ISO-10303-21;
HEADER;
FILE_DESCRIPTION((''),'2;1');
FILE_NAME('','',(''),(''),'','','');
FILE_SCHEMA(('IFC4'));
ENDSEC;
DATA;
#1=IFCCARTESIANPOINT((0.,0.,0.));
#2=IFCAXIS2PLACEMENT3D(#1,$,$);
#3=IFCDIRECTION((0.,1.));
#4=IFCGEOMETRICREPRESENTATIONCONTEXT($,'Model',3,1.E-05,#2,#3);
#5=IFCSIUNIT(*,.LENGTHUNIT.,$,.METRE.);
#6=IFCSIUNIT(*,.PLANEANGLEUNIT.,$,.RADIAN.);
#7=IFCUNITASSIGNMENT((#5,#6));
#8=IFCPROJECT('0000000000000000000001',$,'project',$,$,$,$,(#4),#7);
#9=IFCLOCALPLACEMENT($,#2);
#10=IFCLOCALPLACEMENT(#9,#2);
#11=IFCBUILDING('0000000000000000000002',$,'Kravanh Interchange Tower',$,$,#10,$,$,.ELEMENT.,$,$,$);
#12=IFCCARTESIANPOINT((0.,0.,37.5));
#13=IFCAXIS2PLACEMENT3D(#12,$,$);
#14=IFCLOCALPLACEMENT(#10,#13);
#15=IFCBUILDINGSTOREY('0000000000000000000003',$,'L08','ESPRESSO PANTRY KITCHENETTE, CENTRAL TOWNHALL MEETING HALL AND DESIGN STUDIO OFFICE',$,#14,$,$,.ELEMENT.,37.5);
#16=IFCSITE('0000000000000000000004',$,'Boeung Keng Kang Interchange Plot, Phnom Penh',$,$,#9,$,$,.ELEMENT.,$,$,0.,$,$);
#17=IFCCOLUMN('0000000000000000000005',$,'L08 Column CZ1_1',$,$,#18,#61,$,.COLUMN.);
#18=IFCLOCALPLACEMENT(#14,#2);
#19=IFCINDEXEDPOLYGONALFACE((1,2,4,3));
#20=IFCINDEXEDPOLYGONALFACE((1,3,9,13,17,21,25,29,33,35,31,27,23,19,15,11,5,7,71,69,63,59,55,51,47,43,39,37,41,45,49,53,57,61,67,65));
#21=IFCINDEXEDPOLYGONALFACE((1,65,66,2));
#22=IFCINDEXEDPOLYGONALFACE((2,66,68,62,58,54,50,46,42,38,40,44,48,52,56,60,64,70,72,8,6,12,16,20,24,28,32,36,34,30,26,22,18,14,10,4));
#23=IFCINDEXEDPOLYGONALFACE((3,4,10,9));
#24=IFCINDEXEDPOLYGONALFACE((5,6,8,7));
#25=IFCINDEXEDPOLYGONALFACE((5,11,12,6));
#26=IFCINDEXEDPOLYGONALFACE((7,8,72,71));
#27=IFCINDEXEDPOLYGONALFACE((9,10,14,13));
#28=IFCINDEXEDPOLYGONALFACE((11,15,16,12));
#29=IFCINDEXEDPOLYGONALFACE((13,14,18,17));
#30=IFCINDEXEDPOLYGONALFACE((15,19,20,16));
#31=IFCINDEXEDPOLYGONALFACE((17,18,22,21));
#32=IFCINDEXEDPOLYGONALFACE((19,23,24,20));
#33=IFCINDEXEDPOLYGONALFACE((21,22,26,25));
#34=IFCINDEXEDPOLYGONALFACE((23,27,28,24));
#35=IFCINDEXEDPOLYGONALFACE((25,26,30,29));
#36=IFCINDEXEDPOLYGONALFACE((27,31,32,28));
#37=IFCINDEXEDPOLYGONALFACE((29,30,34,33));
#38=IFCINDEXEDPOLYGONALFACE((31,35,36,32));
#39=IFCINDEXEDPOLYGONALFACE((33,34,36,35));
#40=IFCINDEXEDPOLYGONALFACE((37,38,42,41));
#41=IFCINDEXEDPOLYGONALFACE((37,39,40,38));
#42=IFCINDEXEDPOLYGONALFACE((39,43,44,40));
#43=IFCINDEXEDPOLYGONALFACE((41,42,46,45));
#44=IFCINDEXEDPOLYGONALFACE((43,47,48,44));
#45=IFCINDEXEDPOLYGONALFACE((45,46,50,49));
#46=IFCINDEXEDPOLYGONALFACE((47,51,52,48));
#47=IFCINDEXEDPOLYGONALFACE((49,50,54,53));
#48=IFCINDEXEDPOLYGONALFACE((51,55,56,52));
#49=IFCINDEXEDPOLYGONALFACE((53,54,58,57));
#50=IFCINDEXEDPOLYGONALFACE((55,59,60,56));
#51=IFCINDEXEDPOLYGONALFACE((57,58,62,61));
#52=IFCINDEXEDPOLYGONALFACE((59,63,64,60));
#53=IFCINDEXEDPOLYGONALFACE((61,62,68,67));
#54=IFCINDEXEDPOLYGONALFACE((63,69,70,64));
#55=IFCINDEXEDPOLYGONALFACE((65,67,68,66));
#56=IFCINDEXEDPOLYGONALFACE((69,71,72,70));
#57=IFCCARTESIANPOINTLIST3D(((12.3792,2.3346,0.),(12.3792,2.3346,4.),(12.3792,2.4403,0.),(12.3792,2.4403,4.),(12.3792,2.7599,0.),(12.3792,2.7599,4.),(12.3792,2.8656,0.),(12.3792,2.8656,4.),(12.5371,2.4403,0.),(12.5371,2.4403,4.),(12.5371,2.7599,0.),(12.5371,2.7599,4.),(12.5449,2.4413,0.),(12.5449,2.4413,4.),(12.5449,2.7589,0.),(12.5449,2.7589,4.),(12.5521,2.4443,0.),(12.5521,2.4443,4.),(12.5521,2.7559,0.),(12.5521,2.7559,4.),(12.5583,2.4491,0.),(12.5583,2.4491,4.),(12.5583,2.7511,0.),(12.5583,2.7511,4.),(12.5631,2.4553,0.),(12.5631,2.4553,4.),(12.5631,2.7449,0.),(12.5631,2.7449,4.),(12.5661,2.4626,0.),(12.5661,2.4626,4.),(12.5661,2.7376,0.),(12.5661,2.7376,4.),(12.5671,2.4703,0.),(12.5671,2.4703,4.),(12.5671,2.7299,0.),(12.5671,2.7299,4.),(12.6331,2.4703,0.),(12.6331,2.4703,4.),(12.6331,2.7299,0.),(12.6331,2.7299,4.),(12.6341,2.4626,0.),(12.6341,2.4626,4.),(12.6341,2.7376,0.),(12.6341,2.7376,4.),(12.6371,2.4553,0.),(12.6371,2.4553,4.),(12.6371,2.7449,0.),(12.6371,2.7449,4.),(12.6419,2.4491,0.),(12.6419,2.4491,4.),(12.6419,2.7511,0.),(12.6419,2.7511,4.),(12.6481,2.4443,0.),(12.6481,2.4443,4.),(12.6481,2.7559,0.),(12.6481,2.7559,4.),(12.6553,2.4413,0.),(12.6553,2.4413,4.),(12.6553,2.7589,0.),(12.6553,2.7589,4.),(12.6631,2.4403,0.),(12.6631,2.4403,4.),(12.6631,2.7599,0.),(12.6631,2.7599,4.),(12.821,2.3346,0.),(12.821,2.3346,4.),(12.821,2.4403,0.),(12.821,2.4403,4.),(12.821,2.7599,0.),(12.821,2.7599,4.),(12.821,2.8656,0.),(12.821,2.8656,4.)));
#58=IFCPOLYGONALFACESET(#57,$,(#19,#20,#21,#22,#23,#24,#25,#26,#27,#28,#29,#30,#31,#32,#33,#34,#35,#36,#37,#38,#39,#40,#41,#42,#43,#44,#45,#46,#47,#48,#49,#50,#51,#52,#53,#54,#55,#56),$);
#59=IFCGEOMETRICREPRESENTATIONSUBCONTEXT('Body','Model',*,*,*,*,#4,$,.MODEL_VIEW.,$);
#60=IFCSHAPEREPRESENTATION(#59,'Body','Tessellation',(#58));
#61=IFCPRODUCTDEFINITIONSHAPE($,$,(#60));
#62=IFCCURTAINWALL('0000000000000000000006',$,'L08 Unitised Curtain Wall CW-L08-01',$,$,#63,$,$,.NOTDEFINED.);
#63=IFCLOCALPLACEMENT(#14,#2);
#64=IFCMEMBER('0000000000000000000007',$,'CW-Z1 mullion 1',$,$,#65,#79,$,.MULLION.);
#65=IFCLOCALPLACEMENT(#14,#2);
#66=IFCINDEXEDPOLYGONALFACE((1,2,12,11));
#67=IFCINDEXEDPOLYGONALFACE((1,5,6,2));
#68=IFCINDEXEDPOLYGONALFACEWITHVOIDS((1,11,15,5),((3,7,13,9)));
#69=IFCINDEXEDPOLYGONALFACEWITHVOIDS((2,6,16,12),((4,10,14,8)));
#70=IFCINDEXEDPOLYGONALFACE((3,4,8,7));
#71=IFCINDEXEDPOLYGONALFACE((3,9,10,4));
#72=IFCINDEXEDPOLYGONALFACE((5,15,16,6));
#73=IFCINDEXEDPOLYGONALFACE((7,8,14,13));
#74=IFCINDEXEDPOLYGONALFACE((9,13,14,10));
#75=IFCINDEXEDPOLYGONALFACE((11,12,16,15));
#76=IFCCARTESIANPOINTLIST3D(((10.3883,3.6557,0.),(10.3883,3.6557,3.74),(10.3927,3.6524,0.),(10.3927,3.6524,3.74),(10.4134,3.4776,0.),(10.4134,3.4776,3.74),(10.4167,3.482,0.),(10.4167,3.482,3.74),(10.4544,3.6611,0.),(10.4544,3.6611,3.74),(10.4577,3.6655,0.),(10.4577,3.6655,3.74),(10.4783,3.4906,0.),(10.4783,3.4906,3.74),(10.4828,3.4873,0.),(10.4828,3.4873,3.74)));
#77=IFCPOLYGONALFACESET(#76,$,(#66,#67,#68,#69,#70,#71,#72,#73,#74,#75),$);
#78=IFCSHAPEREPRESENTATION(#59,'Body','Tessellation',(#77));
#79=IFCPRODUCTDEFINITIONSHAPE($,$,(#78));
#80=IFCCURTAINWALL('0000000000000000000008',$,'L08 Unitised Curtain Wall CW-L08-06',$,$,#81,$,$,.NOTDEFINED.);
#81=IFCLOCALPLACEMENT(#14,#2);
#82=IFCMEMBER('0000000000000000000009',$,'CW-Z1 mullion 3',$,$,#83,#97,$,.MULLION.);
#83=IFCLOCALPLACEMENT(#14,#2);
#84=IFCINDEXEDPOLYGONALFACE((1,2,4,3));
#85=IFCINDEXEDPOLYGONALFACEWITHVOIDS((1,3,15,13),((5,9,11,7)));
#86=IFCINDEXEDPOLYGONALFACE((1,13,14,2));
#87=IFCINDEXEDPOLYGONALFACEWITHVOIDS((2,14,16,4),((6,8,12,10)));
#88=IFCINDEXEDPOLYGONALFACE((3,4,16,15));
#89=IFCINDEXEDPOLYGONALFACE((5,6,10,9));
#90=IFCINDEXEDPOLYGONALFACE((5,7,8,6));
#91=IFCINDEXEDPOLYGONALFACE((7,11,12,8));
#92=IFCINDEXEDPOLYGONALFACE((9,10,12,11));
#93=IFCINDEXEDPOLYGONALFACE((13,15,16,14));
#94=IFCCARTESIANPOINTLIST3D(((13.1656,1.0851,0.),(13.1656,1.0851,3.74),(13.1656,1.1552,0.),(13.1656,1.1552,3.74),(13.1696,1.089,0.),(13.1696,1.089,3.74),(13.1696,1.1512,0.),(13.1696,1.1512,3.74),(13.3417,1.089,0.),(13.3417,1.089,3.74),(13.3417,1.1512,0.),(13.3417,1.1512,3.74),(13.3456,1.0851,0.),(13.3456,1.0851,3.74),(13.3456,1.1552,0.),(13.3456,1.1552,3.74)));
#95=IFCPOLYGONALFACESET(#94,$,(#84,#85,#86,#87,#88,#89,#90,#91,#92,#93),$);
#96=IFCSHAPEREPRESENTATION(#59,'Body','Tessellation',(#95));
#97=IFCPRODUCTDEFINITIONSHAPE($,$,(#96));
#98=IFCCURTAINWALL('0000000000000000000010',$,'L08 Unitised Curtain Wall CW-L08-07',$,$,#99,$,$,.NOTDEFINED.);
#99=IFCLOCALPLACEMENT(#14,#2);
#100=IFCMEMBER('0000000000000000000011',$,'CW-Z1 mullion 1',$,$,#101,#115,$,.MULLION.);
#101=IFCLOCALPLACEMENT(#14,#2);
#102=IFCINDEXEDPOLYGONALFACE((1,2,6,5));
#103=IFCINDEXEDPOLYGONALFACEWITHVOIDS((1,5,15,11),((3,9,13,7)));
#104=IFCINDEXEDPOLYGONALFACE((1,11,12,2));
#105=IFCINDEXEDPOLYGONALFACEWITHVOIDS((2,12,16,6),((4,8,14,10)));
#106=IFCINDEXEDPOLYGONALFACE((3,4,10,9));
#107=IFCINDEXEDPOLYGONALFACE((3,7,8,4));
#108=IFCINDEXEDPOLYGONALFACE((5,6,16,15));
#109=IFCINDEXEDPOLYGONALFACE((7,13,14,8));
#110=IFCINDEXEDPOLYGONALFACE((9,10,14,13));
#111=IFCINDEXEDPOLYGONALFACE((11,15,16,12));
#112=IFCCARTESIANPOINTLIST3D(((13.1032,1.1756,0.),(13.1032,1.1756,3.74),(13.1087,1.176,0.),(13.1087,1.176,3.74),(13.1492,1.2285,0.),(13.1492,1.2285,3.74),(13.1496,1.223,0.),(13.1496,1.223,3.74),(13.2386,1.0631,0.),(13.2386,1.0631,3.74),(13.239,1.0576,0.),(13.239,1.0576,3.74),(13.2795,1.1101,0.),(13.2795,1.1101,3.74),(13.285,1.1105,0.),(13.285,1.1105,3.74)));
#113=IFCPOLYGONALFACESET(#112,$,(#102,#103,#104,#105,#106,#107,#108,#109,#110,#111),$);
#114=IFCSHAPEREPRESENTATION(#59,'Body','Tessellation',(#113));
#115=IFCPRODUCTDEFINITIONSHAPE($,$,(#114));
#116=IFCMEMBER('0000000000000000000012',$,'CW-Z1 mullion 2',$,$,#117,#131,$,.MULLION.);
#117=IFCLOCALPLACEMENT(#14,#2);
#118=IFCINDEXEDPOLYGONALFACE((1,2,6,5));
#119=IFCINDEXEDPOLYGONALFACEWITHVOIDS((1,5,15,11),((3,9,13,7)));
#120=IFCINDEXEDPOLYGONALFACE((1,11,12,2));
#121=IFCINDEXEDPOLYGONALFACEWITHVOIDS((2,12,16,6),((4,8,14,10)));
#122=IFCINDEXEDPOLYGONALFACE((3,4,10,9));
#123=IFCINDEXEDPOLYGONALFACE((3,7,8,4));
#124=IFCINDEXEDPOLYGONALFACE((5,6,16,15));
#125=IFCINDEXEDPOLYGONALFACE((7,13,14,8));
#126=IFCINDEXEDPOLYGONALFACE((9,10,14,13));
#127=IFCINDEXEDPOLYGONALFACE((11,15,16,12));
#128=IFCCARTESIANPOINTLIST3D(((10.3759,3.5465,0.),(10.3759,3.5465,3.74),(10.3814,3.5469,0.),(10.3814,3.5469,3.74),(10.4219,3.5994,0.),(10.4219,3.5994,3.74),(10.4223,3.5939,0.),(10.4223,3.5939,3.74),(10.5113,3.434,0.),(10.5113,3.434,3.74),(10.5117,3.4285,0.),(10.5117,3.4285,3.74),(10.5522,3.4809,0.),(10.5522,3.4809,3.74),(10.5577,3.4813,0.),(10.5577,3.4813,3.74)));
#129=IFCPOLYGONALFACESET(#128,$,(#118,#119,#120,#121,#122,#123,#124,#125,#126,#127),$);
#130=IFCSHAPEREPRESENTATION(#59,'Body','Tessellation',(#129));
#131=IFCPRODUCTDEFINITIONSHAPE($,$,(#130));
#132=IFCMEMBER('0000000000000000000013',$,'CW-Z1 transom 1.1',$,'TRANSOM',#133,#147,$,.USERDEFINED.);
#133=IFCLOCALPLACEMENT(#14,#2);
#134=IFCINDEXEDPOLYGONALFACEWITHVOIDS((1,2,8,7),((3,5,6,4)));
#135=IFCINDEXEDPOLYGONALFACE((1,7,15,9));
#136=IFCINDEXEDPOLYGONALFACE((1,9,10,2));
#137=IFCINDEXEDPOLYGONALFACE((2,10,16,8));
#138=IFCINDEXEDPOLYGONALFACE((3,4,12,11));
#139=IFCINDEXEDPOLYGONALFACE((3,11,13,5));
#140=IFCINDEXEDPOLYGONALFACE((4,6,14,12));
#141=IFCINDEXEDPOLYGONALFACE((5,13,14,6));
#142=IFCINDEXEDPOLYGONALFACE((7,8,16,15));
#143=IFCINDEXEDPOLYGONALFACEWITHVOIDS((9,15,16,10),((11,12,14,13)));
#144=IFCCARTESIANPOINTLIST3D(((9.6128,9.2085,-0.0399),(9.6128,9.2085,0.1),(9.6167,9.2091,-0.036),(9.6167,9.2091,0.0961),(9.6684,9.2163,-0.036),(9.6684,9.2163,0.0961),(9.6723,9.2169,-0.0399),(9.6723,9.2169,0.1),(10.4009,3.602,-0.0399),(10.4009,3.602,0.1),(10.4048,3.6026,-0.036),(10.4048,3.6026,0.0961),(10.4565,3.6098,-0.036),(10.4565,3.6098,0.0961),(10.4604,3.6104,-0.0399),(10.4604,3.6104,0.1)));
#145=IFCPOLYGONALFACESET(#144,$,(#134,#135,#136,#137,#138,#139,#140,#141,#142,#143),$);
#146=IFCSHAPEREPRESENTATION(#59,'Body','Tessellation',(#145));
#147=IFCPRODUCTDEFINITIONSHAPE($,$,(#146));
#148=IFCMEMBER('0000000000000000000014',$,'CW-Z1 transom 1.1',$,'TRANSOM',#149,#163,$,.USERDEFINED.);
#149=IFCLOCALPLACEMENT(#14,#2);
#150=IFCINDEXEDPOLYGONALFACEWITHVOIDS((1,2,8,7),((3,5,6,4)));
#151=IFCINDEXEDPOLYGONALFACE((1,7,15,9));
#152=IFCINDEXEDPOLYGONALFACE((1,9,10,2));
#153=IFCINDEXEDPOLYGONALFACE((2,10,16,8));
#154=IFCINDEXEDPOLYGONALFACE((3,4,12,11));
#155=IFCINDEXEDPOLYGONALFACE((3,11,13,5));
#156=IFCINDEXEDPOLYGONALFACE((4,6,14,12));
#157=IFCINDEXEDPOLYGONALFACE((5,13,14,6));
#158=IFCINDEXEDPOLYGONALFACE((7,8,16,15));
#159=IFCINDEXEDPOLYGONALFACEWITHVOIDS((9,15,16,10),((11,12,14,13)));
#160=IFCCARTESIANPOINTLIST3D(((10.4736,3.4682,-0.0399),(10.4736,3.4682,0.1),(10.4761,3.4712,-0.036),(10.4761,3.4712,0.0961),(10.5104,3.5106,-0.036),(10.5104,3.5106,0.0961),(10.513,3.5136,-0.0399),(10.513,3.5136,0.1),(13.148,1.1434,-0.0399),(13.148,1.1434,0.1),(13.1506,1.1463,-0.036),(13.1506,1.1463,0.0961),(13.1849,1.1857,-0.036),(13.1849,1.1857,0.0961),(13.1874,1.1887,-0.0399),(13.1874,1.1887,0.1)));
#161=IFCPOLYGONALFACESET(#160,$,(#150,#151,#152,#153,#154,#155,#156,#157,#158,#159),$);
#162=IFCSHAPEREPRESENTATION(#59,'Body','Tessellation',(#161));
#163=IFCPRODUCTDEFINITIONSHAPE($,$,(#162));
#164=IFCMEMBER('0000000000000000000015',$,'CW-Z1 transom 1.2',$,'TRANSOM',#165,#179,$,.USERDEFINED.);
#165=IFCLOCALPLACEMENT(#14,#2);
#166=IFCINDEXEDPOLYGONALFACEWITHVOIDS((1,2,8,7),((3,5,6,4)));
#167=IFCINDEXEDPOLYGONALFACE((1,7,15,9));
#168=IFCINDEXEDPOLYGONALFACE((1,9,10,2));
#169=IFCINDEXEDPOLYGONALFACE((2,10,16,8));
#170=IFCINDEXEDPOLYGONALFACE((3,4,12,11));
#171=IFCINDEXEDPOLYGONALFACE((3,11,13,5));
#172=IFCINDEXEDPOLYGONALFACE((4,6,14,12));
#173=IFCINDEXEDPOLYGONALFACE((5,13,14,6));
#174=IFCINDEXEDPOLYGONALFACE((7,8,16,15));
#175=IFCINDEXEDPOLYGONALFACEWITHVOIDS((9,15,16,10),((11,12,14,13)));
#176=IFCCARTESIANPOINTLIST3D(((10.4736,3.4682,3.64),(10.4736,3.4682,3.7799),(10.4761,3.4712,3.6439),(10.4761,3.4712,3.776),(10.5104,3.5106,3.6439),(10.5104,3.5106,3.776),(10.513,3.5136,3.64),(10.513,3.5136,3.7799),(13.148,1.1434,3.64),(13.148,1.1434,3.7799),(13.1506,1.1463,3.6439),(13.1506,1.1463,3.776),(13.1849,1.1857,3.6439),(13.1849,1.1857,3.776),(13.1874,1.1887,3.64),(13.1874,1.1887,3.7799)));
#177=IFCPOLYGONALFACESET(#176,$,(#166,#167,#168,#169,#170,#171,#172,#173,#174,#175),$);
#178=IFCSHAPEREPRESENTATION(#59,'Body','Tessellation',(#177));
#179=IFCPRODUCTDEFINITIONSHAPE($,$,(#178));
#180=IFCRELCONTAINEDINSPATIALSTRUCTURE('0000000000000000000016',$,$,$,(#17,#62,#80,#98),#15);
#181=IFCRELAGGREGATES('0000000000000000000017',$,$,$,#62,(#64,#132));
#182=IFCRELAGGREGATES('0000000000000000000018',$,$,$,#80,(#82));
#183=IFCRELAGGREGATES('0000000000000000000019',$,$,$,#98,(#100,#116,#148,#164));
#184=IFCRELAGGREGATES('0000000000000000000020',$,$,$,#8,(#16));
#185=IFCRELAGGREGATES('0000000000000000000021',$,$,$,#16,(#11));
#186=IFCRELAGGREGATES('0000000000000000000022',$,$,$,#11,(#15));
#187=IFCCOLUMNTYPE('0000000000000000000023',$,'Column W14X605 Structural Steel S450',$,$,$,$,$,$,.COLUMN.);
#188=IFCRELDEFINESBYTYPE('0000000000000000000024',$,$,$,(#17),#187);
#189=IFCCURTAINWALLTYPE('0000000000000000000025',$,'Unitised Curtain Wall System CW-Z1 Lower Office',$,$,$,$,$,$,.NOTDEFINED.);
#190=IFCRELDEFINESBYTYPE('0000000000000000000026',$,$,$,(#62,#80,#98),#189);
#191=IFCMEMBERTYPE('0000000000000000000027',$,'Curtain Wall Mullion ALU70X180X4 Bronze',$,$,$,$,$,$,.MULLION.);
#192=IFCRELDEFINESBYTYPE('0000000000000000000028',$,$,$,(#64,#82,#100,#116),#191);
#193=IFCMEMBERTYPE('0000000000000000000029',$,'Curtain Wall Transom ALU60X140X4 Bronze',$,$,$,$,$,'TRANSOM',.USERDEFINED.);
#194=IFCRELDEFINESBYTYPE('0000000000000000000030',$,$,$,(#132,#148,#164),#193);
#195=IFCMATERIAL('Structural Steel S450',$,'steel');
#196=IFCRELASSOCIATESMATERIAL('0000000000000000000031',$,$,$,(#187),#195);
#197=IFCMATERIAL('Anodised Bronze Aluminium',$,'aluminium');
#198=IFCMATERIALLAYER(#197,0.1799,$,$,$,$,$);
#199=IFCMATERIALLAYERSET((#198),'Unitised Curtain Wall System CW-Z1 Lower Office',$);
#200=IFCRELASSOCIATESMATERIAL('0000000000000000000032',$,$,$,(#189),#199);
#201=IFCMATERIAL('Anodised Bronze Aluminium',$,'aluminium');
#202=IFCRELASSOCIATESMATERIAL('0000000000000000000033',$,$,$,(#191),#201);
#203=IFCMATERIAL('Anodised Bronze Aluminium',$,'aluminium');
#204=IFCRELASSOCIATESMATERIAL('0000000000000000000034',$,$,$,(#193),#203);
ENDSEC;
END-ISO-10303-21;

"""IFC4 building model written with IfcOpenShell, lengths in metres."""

from ifc_helpers import new_model, si_unit, direction, frame, origin, origin_2d, place, context, subcontext, project, spatial, hollow_rectangle, i_section, extrude, material, layer, layer_set, material_profile, profile_set, type_object, element, aggregate, save


model = new_model("IFC4")

# Units and contexts
model_context = context("Model", 3, precision=1e-05, world=origin(), true_north=direction((0.0, 1.0)))
body_context = subcontext(model_context, "Body", "Model", "MODEL_VIEW")
ifc_project = project(units=[si_unit("LENGTHUNIT", "METRE"), si_unit("PLANEANGLEUNIT", "RADIAN")], contexts=[model_context])

# Site, building, storey
site_placement = place(None, origin())
site = spatial("IfcSite", under=ifc_project, at=site_placement, Name="Boeung Keng Kang Interchange Plot, Phnom Penh", CompositionType="ELEMENT", RefElevation=0.0)
building_placement = place(site_placement, origin())
building = spatial("IfcBuilding", under=site, at=building_placement, Name="Kravanh Interchange Tower", CompositionType="ELEMENT")
storey_placement = place(building_placement, frame((0.0, 0.0, 37.5)))
storey = spatial("IfcBuildingStorey", under=building, at=storey_placement, Name="L08", Description="ESPRESSO PANTRY KITCHENETTE, CENTRAL TOWNHALL MEETING HALL AND DESIGN STUDIO OFFICE", CompositionType="ELEMENT", Elevation=37.5)

# Column
ifc_material_1 = material(Name="Structural Steel S450", Category="steel")
ifc_material_profile_1 = material_profile(ifc_material_1, i_section(OverallWidth=0.4419, OverallDepth=0.531, WebThickness=0.0659, FlangeThickness=0.1057, FilletRadius=0.03, at=origin_2d()), Name="W14X605")
ifc_profile_set_1 = profile_set([ifc_material_profile_1], Name="Structural Steel S450")
column_type = type_object("IfcColumnType", Name="Column W14X605 Structural Steel S450", PredefinedType="COLUMN", material=ifc_profile_set_1)
column_placement = place(storey_placement, frame((12.6001, 2.6001, 0.0), z_axis=(0.0, 0.0, 1.0), x_axis=(1.0, 0.0, 0.0)))
element("IfcColumn", 1, at=column_placement, inside=storey, type_object=column_type, Name="L08 Column CZ1_1", PredefinedType="COLUMN", context=body_context, shape_type="SweptSolid", body=[
    extrude(i_section(OverallWidth=0.4419, OverallDepth=0.531, WebThickness=0.0659, FlangeThickness=0.1057, FilletRadius=0.03, at=origin_2d()), origin(), (0.0, 0.0, 1.0), 4.0),
])

# Curtain walls, members
ifc_material_2 = material(Name="Anodised Bronze Aluminium", Category="aluminium")
ifc_layer_1 = layer(ifc_material_2, 0.1799)
ifc_layer_set_1 = layer_set([ifc_layer_1], Name="Unitised Curtain Wall System CW-Z1 Lower Office")
curtain_wall_type = type_object("IfcCurtainWallType", Name="Unitised Curtain Wall System CW-Z1 Lower Office", PredefinedType="NOTDEFINED", material=ifc_layer_set_1)
curtain_wall_1_placement = place(storey_placement, origin())
curtain_wall_1 = element("IfcCurtainWall", 2, at=curtain_wall_1_placement, inside=storey, type_object=curtain_wall_type, Name="L08 Unitised Curtain Wall CW-L08-01", PredefinedType="NOTDEFINED")
ifc_material_3 = material(Name="Anodised Bronze Aluminium", Category="aluminium")
ifc_material_profile_2 = material_profile(ifc_material_3, hollow_rectangle(XDim=0.0701, YDim=0.1799, WallThickness=0.0039, at=origin_2d()), Name="ALU70X180X4")
ifc_profile_set_2 = profile_set([ifc_material_profile_2], Name="Anodised Bronze Aluminium")
member_type_1 = type_object("IfcMemberType", Name="Curtain Wall Mullion ALU70X180X4 Bronze", PredefinedType="MULLION", material=ifc_profile_set_2)
member_1_placement = place(storey_placement, frame((10.4355, 3.5715, 0.0), z_axis=(0.0, 0.0, 1.0), x_axis=(-0.990268, -0.139177, 0.0)))
member_1 = element("IfcMember", 3, at=member_1_placement, type_object=member_type_1, Name="CW-Z1 mullion 1", PredefinedType="MULLION", context=body_context, shape_type="SweptSolid", body=[
    extrude(hollow_rectangle(XDim=0.0701, YDim=0.1799, WallThickness=0.0039, at=origin_2d()), origin(), (0.0, 0.0, 1.0), 3.74),
])
curtain_wall_2_placement = place(storey_placement, origin())
curtain_wall_2 = element("IfcCurtainWall", 4, at=curtain_wall_2_placement, inside=storey, type_object=curtain_wall_type, Name="L08 Unitised Curtain Wall CW-L08-06", PredefinedType="NOTDEFINED")
member_2_placement = place(storey_placement, frame((13.2556, 1.1201, 0.0), z_axis=(0.0, 0.0, 1.0), x_axis=(0.0, -1.0, 0.0)))
member_2 = element("IfcMember", 5, at=member_2_placement, type_object=member_type_1, Name="CW-Z1 mullion 3", PredefinedType="MULLION", context=body_context, shape_type="SweptSolid", body=[
    extrude(hollow_rectangle(XDim=0.0701, YDim=0.1799, WallThickness=0.0039, at=origin_2d()), origin(), (0.0, 0.0, 1.0), 3.74),
])

# Curtain wall, members
curtain_wall_3_placement = place(storey_placement, origin())
curtain_wall_3 = element("IfcCurtainWall", 6, at=curtain_wall_3_placement, inside=storey, type_object=curtain_wall_type, Name="L08 Unitised Curtain Wall CW-L08-07", PredefinedType="NOTDEFINED")
member_3_placement = place(storey_placement, frame((13.1941, 1.1431, 0.0), z_axis=(0.0, 0.0, 1.0), x_axis=(-0.65606, -0.754708, 0.0)))
member_3 = element("IfcMember", 7, at=member_3_placement, type_object=member_type_1, Name="CW-Z1 mullion 1", PredefinedType="MULLION", context=body_context, shape_type="SweptSolid", body=[
    extrude(hollow_rectangle(XDim=0.0701, YDim=0.1799, WallThickness=0.0039, at=origin_2d()), origin(), (0.0, 0.0, 1.0), 3.74),
])
member_4_placement = place(storey_placement, frame((10.4668, 3.5139, 0.0), z_axis=(0.0, 0.0, 1.0), x_axis=(-0.65606, -0.754708, 0.0)))
member_4 = element("IfcMember", 8, at=member_4_placement, type_object=member_type_1, Name="CW-Z1 mullion 2", PredefinedType="MULLION", context=body_context, shape_type="SweptSolid", body=[
    extrude(hollow_rectangle(XDim=0.0701, YDim=0.1799, WallThickness=0.0039, at=origin_2d()), origin(), (0.0, 0.0, 1.0), 3.74),
])

# Members
ifc_material_4 = material(Name="Anodised Bronze Aluminium", Category="aluminium")
ifc_material_profile_3 = material_profile(ifc_material_4, hollow_rectangle(XDim=0.0601, YDim=0.1399, WallThickness=0.0039, at=origin_2d()), Name="ALU60X140X4")
ifc_profile_set_3 = profile_set([ifc_material_profile_3], Name="Anodised Bronze Aluminium")
member_type_2 = type_object("IfcMemberType", Name="Curtain Wall Transom ALU60X140X4 Bronze", ElementType="TRANSOM", PredefinedType="USERDEFINED", material=ifc_profile_set_3)
member_5_placement = place(storey_placement, frame((10.4307, 3.6062, 0.03), z_axis=(-0.139199, 0.990264, 0.0), x_axis=(-0.990264, -0.139199, 0.0)))
member_5 = element("IfcMember", 9, at=member_5_placement, type_object=member_type_2, Name="CW-Z1 transom 1.1", ObjectType="TRANSOM", PredefinedType="USERDEFINED", context=body_context, shape_type="SweptSolid", body=[
    extrude(hollow_rectangle(XDim=0.0601, YDim=0.1399, WallThickness=0.0039, at=origin_2d()), origin(), (0.0, 0.0, 1.0), 5.6616),
])
aggregate(curtain_wall_1, [member_1, member_5])
member_6_placement = place(storey_placement, frame((13.1677, 1.166, 0.03), z_axis=(-0.754711, 0.656058, 0.0), x_axis=(-0.656058, -0.754711, 0.0)))
member_6 = element("IfcMember", 10, at=member_6_placement, type_object=member_type_2, Name="CW-Z1 transom 1.1", ObjectType="TRANSOM", PredefinedType="USERDEFINED", context=body_context, shape_type="SweptSolid", body=[
    extrude(hollow_rectangle(XDim=0.0601, YDim=0.1399, WallThickness=0.0039, at=origin_2d()), origin(), (0.0, 0.0, 1.0), 3.5437),
])
member_7_placement = place(storey_placement, frame((13.1677, 1.166, 3.71), z_axis=(-0.754711, 0.656058, 0.0), x_axis=(-0.656058, -0.754711, 0.0)))
member_7 = element("IfcMember", 11, at=member_7_placement, type_object=member_type_2, Name="CW-Z1 transom 1.2", ObjectType="TRANSOM", PredefinedType="USERDEFINED", context=body_context, shape_type="SweptSolid", body=[
    extrude(hollow_rectangle(XDim=0.0601, YDim=0.1399, WallThickness=0.0039, at=origin_2d()), origin(), (0.0, 0.0, 1.0), 3.5437),
])

aggregate(curtain_wall_2, [member_2])
aggregate(curtain_wall_3, [member_3, member_4, member_6, member_7])

save(model, "model.ifc")
